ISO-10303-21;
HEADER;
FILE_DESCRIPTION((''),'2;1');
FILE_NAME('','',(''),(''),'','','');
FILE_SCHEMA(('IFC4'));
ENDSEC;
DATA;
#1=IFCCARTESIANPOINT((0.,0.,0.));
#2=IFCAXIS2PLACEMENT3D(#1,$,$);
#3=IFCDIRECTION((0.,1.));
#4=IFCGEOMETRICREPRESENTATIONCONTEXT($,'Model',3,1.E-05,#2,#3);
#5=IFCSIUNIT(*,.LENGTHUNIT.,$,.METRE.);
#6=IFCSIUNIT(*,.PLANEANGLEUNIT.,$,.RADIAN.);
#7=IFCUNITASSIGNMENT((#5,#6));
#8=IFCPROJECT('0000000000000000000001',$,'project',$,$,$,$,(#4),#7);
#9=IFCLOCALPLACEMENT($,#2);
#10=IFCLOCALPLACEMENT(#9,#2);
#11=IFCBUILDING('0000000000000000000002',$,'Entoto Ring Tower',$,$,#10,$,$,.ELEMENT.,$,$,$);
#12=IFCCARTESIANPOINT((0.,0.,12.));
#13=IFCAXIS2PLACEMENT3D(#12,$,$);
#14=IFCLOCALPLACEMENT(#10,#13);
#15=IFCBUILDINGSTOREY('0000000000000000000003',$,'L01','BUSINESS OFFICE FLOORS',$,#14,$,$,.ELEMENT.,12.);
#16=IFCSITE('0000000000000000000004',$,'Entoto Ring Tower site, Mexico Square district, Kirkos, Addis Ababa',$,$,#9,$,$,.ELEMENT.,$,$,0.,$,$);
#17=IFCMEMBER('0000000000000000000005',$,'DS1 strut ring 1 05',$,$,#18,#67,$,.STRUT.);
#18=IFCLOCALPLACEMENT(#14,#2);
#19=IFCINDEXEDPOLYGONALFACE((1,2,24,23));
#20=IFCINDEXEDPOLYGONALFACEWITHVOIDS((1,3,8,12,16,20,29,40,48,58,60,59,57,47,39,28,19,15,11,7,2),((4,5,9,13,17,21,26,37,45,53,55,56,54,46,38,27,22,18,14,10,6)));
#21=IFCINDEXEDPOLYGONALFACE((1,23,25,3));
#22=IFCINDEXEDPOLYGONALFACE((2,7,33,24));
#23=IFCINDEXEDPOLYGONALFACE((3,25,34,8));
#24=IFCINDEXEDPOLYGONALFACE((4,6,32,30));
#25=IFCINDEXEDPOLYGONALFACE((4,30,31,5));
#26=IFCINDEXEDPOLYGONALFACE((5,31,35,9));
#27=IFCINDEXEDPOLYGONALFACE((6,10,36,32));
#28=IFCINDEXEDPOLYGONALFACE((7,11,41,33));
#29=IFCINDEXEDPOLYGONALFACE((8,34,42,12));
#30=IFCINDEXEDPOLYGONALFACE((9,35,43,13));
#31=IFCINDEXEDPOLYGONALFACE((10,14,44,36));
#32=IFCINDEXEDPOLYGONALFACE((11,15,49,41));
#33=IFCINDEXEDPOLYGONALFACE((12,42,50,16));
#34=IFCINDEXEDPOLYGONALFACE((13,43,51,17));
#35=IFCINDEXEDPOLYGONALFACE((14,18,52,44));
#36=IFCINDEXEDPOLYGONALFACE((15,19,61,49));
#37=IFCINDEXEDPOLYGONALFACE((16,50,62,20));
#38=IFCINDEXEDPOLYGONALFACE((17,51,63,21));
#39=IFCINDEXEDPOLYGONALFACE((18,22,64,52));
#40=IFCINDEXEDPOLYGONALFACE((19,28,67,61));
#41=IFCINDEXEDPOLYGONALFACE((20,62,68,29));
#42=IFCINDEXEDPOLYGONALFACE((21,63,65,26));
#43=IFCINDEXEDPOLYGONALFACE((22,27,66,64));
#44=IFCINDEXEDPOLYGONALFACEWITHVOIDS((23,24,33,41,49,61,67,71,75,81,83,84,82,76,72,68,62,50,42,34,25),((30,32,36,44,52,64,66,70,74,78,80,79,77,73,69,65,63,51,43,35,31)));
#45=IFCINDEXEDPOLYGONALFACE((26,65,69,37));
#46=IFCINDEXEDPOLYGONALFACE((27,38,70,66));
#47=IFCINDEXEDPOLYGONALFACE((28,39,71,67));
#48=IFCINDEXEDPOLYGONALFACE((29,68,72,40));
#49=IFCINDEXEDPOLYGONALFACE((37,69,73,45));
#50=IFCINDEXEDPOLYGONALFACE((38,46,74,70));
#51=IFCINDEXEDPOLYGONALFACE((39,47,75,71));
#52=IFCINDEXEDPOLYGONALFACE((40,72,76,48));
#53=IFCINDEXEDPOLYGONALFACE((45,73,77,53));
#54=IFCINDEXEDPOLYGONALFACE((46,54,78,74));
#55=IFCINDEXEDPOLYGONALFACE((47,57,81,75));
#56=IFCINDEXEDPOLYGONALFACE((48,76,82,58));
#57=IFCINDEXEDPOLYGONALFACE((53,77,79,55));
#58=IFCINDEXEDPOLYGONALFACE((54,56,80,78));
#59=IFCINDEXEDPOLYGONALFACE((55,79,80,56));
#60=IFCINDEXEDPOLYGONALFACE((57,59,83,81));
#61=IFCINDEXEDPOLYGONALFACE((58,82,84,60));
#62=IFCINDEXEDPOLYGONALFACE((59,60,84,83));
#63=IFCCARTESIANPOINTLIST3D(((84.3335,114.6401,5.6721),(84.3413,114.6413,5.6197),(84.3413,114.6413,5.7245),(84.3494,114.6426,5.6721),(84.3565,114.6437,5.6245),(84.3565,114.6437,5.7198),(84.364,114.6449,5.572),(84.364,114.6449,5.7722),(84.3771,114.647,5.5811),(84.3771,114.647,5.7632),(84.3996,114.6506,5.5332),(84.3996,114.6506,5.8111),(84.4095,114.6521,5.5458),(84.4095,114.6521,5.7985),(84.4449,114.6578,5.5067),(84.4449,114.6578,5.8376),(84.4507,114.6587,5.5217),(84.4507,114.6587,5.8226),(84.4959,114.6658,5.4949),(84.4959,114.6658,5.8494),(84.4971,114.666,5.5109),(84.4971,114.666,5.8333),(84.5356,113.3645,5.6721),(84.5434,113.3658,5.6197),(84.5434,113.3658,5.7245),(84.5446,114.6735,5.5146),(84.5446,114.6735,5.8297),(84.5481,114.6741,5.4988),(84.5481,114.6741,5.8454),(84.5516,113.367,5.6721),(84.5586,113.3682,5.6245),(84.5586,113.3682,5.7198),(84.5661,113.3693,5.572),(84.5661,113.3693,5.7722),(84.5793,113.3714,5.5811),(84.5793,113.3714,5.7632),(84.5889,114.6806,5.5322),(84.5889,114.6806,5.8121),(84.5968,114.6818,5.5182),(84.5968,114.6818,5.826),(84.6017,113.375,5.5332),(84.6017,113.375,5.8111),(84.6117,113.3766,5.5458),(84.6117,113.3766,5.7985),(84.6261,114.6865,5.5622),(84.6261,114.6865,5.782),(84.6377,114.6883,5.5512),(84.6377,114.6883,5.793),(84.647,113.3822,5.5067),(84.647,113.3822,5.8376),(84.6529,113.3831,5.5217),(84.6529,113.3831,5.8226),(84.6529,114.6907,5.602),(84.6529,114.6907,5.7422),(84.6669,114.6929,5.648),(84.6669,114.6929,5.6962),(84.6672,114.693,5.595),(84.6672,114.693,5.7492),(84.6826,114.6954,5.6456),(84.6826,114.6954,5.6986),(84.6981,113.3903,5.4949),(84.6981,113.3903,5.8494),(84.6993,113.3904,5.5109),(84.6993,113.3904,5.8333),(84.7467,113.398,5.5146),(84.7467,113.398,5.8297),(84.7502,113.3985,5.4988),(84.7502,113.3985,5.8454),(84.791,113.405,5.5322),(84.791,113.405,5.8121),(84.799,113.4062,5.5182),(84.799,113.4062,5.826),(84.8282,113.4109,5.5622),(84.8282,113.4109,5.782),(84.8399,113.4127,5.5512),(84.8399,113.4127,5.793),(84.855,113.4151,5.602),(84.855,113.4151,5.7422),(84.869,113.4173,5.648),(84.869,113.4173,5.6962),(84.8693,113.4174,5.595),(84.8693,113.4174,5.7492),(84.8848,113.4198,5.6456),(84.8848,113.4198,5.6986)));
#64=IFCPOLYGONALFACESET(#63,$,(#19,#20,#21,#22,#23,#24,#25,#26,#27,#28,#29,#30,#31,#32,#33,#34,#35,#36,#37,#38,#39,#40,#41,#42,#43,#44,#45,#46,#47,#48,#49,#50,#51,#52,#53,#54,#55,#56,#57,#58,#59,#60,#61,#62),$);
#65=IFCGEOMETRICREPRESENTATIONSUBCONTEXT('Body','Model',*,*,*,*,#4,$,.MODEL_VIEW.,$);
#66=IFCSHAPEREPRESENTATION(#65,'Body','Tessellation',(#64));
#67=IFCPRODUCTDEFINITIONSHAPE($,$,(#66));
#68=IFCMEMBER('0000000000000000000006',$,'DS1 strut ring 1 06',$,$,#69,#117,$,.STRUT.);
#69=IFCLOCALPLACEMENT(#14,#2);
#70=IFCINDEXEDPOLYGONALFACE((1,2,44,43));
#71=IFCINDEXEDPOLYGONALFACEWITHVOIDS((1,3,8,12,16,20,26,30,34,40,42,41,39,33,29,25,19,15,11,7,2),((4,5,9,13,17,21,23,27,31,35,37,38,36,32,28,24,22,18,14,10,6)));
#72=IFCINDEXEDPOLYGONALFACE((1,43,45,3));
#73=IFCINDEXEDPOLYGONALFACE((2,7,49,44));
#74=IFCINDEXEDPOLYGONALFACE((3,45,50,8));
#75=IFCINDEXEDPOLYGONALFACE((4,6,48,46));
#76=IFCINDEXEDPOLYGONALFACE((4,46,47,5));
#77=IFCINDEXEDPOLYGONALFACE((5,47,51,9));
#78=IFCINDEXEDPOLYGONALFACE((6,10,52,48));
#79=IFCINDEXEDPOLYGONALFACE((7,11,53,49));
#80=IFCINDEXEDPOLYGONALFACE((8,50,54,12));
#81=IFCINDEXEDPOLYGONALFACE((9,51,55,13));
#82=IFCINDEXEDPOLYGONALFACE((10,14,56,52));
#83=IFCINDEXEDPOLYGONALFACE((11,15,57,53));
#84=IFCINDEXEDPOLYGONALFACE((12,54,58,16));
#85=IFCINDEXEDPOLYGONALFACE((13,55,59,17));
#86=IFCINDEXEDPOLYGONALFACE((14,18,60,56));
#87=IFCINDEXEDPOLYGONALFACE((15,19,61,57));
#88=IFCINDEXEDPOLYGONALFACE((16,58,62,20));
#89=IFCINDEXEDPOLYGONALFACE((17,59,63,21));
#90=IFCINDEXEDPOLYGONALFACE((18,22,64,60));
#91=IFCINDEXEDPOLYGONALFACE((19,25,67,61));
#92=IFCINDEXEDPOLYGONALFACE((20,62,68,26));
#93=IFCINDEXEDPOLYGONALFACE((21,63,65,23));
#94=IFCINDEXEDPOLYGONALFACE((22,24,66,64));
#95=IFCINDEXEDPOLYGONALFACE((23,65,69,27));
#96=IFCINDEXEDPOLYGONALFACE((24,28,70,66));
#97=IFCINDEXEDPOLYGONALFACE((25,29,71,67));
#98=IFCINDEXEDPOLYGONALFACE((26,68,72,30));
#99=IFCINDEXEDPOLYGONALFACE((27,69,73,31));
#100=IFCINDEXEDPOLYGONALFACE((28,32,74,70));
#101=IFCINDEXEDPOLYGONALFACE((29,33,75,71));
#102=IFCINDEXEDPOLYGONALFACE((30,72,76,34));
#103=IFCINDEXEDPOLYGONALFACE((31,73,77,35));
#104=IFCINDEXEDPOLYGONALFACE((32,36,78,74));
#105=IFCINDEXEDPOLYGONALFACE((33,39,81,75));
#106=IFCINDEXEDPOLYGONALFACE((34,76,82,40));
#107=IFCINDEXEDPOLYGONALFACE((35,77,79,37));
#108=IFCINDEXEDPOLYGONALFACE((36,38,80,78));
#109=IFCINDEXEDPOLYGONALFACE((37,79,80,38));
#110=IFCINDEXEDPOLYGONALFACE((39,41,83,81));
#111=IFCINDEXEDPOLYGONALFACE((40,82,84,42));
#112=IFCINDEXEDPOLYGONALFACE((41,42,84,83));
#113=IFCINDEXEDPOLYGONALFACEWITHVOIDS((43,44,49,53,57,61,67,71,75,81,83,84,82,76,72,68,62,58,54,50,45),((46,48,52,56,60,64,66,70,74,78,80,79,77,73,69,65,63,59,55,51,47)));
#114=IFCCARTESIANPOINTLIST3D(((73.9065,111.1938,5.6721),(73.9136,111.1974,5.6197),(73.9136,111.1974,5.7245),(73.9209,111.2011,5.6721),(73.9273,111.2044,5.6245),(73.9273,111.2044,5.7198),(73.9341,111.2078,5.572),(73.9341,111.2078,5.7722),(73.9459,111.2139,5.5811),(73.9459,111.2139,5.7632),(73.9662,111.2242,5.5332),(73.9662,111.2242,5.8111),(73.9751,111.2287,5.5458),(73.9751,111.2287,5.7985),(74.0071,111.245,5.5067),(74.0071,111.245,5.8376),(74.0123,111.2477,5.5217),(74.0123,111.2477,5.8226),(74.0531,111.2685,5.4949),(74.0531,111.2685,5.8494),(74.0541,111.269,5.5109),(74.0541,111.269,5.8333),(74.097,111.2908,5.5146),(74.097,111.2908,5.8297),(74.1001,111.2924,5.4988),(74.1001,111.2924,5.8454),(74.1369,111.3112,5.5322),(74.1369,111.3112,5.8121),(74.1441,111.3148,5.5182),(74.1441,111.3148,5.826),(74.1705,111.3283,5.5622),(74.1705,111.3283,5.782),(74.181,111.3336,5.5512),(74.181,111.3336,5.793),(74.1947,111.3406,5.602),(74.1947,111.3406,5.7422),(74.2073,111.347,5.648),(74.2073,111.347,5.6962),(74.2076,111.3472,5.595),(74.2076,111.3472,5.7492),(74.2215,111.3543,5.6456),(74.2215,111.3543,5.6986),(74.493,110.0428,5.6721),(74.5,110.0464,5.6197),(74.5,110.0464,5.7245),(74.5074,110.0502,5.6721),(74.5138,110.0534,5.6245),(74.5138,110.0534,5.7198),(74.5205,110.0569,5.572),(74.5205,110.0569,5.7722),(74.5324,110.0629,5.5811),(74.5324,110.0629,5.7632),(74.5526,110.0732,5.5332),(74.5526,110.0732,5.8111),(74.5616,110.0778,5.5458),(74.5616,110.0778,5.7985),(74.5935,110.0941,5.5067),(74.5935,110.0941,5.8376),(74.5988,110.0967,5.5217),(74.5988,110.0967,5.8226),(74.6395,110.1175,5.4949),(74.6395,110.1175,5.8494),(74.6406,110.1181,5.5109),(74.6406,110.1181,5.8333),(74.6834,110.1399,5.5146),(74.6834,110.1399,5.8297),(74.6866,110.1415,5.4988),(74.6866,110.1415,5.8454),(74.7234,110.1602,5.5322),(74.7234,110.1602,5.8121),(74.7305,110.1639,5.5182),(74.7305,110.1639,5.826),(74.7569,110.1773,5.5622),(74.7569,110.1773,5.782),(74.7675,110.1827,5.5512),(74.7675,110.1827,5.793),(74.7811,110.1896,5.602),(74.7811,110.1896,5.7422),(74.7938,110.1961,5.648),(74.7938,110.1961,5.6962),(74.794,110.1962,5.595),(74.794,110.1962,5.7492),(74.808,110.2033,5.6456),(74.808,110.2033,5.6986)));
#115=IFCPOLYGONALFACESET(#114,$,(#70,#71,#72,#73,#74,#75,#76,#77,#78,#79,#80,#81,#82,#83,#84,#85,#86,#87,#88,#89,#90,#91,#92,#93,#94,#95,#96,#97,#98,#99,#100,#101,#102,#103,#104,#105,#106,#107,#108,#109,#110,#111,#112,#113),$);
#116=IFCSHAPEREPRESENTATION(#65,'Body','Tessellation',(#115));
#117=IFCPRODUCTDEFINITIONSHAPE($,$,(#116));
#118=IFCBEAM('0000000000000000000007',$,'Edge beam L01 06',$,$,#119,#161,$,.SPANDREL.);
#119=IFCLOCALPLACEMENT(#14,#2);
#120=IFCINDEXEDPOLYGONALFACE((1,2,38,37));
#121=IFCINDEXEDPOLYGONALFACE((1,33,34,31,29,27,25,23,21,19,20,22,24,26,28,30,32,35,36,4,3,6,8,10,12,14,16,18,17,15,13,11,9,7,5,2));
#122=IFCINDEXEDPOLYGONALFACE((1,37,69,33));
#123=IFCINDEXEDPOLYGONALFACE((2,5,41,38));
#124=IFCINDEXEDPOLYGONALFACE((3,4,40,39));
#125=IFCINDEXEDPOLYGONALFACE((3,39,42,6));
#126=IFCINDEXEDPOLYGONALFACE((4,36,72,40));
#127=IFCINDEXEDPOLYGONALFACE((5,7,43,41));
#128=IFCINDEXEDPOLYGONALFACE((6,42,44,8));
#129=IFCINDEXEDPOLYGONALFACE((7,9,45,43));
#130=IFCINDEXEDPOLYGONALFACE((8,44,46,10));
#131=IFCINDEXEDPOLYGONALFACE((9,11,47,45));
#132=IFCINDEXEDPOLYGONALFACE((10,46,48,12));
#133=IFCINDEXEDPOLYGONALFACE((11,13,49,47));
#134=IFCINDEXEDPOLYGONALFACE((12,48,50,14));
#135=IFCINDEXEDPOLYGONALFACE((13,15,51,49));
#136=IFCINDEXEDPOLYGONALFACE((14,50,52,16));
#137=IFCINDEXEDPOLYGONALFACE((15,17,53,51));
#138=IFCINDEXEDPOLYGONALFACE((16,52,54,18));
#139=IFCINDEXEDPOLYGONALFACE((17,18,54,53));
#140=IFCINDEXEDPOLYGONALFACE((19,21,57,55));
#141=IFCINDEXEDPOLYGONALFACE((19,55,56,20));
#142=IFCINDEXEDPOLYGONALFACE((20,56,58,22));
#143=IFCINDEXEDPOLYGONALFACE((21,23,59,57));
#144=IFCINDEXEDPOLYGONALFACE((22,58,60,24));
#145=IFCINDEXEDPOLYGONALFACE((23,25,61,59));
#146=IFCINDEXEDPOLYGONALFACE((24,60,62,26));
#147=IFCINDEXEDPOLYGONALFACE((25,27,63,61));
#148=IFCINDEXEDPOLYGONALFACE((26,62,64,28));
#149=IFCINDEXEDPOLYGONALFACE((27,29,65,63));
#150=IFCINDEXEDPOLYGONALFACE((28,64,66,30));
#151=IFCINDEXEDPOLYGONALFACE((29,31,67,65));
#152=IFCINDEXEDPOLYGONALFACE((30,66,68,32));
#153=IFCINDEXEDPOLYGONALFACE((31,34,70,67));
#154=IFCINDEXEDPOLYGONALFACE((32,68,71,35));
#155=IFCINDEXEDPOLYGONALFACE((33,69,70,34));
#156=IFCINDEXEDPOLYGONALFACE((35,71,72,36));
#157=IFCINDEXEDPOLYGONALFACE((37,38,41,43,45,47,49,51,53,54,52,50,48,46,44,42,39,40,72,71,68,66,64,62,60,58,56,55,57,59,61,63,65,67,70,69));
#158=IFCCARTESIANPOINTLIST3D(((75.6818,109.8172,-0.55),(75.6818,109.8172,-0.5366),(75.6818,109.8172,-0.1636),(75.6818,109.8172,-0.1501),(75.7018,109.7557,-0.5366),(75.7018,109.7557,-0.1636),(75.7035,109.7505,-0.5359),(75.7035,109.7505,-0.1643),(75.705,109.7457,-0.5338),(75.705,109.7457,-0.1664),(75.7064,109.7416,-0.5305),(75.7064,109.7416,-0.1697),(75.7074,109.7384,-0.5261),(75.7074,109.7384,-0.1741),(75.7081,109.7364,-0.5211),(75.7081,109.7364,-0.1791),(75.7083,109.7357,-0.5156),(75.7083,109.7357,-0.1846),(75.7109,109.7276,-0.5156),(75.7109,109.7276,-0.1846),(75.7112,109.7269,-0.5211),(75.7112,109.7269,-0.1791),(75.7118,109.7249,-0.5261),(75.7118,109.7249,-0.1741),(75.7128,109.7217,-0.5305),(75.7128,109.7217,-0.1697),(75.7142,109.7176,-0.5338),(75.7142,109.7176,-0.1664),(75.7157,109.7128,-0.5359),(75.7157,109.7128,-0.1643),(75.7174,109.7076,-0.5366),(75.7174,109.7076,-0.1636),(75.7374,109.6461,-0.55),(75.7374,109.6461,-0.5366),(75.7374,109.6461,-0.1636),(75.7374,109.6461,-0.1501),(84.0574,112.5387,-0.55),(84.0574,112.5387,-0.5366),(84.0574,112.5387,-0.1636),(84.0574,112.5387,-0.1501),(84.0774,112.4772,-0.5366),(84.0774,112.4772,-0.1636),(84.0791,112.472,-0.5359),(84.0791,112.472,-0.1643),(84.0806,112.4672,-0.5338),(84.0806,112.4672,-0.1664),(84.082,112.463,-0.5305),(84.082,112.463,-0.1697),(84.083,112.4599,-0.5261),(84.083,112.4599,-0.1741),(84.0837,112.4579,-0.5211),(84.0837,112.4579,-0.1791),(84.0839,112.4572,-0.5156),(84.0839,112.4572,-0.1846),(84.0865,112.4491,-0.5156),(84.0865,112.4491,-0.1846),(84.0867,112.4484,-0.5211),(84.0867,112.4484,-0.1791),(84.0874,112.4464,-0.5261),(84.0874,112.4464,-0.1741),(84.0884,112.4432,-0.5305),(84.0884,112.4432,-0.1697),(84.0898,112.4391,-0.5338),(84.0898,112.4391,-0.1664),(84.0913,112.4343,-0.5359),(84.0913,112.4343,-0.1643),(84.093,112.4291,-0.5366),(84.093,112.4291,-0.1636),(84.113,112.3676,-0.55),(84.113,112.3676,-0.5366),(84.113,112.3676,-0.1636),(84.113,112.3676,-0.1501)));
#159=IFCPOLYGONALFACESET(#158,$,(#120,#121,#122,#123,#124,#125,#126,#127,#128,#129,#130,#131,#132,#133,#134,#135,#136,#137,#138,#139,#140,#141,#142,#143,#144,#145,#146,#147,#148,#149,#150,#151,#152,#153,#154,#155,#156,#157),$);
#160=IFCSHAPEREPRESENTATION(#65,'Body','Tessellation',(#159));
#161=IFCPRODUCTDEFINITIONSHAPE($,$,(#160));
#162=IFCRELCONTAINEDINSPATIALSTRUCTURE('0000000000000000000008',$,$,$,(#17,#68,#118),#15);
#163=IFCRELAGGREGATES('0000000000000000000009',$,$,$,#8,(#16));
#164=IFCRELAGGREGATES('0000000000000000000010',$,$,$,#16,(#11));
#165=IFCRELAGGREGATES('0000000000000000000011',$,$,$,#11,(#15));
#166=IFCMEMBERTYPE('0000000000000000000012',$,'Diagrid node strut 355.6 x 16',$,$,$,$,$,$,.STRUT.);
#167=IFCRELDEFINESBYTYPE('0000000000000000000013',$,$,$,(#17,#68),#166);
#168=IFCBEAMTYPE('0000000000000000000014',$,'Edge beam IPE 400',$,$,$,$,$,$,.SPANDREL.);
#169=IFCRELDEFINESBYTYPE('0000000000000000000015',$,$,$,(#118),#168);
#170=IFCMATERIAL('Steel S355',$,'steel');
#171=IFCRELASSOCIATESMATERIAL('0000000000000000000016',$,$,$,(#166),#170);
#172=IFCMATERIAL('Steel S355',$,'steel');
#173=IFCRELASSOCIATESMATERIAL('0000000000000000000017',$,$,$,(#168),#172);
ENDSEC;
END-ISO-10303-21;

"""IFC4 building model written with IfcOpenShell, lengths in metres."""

from ifc_helpers import new_model, si_unit, direction, frame, origin, origin_2d, place, context, subcontext, project, spatial, circle, hollow_circle, i_section, extrude, material, material_profile, profile_set, type_object, element, save


model = new_model("IFC4")

# Units and contexts
model_context = context("Model", 3, precision=1e-05, world=origin(), true_north=direction((0.0, 1.0)))
body_context = subcontext(model_context, "Body", "Model", "MODEL_VIEW")
ifc_project = project(units=[si_unit("LENGTHUNIT", "METRE"), si_unit("PLANEANGLEUNIT", "RADIAN")], contexts=[model_context])

# Site, building, storey
site_placement = place(None, origin())
site = spatial("IfcSite", under=ifc_project, at=site_placement, Name="Entoto Ring Tower site, Mexico Square district, Kirkos, Addis Ababa", CompositionType="ELEMENT", RefElevation=0.0)
building_placement = place(site_placement, origin())
building = spatial("IfcBuilding", under=site, at=building_placement, Name="Entoto Ring Tower", CompositionType="ELEMENT")
storey_placement = place(building_placement, frame((0.0, 0.0, 12.0)))
storey = spatial("IfcBuildingStorey", under=building, at=storey_placement, Name="L01", Description="BUSINESS OFFICE FLOORS", CompositionType="ELEMENT", Elevation=12.0)

# Members
ifc_material_1 = material(Name="Steel S355", Category="steel")
ifc_material_profile_1 = material_profile(ifc_material_1, hollow_circle(Radius=0.1777, WallThickness=0.0161, at=origin_2d()), Name="CHS 355.6 x 16")
ifc_material_2 = material(Name="Concrete C60/75", Category="concrete")
ifc_material_profile_2 = material_profile(ifc_material_2, circle(Radius=0.1619, at=origin_2d()), Name="Concrete C60/75 infill")
ifc_profile_set_1 = profile_set([ifc_material_profile_1, ifc_material_profile_2], Name="Steel S355")
member_type_1 = type_object("IfcMemberType", Name="Diagrid node strut 355.6 x 16", PredefinedType="STRUT", material=ifc_profile_set_1)
member_1_placement = place(storey_placement, frame((84.7112, 113.3923, 5.6721), z_axis=(-0.156516, 0.987675, 0.0), x_axis=(-0.987675, -0.156516, 0.0)))
element("IfcMember", 1, at=member_1_placement, inside=storey, type_object=member_type_1, Name="DS1 strut ring 1 05", PredefinedType="STRUT", context=body_context, shape_type="SweptSolid", body=[
    extrude(hollow_circle(Radius=0.1777, WallThickness=0.0161, at=origin_2d()), origin(), (0.0, 0.0, 1.0), 1.2915),
])
member_2_placement = place(storey_placement, frame((74.6514, 110.1235, 5.6721), z_axis=(-0.454005, 0.890999, 0.0), x_axis=(-0.890999, -0.454005, 0.0)))
element("IfcMember", 2, at=member_2_placement, inside=storey, type_object=member_type_1, Name="DS1 strut ring 1 06", PredefinedType="STRUT", context=body_context, shape_type="SweptSolid", body=[
    extrude(hollow_circle(Radius=0.1777, WallThickness=0.0161, at=origin_2d()), origin(), (0.0, 0.0, 1.0), 1.2917),
])

# Beam
ifc_material_3 = material(Name="Steel S355", Category="steel")
ifc_material_profile_3 = material_profile(ifc_material_3, i_section(OverallWidth=0.1799, OverallDepth=0.3999, WebThickness=0.0085, FlangeThickness=0.0134, FilletRadius=0.021, at=origin_2d()), Name="IPE 400")
ifc_profile_set_2 = profile_set([ifc_material_profile_3], Name="Steel S355")
beam_type_1 = type_object("IfcBeamType", Name="Edge beam IPE 400", PredefinedType="SPANDREL", material=ifc_profile_set_2)
beam_1_placement = place(storey_placement, frame((84.0852, 112.4531, -0.3501), z_axis=(-0.951054, -0.309025, 0.0), x_axis=(0.309025, -0.951054, 0.0)))
element("IfcBeam", 3, at=beam_1_placement, inside=storey, type_object=beam_type_1, Name="Edge beam L01 06", PredefinedType="SPANDREL", context=body_context, shape_type="SweptSolid", body=[
    extrude(i_section(OverallWidth=0.1799, OverallDepth=0.3999, WebThickness=0.0085, FlangeThickness=0.0134, FilletRadius=0.021, at=origin_2d()), origin(), (0.0, 0.0, 1.0), 8.8066),
])

save(model, "model.ifc")
